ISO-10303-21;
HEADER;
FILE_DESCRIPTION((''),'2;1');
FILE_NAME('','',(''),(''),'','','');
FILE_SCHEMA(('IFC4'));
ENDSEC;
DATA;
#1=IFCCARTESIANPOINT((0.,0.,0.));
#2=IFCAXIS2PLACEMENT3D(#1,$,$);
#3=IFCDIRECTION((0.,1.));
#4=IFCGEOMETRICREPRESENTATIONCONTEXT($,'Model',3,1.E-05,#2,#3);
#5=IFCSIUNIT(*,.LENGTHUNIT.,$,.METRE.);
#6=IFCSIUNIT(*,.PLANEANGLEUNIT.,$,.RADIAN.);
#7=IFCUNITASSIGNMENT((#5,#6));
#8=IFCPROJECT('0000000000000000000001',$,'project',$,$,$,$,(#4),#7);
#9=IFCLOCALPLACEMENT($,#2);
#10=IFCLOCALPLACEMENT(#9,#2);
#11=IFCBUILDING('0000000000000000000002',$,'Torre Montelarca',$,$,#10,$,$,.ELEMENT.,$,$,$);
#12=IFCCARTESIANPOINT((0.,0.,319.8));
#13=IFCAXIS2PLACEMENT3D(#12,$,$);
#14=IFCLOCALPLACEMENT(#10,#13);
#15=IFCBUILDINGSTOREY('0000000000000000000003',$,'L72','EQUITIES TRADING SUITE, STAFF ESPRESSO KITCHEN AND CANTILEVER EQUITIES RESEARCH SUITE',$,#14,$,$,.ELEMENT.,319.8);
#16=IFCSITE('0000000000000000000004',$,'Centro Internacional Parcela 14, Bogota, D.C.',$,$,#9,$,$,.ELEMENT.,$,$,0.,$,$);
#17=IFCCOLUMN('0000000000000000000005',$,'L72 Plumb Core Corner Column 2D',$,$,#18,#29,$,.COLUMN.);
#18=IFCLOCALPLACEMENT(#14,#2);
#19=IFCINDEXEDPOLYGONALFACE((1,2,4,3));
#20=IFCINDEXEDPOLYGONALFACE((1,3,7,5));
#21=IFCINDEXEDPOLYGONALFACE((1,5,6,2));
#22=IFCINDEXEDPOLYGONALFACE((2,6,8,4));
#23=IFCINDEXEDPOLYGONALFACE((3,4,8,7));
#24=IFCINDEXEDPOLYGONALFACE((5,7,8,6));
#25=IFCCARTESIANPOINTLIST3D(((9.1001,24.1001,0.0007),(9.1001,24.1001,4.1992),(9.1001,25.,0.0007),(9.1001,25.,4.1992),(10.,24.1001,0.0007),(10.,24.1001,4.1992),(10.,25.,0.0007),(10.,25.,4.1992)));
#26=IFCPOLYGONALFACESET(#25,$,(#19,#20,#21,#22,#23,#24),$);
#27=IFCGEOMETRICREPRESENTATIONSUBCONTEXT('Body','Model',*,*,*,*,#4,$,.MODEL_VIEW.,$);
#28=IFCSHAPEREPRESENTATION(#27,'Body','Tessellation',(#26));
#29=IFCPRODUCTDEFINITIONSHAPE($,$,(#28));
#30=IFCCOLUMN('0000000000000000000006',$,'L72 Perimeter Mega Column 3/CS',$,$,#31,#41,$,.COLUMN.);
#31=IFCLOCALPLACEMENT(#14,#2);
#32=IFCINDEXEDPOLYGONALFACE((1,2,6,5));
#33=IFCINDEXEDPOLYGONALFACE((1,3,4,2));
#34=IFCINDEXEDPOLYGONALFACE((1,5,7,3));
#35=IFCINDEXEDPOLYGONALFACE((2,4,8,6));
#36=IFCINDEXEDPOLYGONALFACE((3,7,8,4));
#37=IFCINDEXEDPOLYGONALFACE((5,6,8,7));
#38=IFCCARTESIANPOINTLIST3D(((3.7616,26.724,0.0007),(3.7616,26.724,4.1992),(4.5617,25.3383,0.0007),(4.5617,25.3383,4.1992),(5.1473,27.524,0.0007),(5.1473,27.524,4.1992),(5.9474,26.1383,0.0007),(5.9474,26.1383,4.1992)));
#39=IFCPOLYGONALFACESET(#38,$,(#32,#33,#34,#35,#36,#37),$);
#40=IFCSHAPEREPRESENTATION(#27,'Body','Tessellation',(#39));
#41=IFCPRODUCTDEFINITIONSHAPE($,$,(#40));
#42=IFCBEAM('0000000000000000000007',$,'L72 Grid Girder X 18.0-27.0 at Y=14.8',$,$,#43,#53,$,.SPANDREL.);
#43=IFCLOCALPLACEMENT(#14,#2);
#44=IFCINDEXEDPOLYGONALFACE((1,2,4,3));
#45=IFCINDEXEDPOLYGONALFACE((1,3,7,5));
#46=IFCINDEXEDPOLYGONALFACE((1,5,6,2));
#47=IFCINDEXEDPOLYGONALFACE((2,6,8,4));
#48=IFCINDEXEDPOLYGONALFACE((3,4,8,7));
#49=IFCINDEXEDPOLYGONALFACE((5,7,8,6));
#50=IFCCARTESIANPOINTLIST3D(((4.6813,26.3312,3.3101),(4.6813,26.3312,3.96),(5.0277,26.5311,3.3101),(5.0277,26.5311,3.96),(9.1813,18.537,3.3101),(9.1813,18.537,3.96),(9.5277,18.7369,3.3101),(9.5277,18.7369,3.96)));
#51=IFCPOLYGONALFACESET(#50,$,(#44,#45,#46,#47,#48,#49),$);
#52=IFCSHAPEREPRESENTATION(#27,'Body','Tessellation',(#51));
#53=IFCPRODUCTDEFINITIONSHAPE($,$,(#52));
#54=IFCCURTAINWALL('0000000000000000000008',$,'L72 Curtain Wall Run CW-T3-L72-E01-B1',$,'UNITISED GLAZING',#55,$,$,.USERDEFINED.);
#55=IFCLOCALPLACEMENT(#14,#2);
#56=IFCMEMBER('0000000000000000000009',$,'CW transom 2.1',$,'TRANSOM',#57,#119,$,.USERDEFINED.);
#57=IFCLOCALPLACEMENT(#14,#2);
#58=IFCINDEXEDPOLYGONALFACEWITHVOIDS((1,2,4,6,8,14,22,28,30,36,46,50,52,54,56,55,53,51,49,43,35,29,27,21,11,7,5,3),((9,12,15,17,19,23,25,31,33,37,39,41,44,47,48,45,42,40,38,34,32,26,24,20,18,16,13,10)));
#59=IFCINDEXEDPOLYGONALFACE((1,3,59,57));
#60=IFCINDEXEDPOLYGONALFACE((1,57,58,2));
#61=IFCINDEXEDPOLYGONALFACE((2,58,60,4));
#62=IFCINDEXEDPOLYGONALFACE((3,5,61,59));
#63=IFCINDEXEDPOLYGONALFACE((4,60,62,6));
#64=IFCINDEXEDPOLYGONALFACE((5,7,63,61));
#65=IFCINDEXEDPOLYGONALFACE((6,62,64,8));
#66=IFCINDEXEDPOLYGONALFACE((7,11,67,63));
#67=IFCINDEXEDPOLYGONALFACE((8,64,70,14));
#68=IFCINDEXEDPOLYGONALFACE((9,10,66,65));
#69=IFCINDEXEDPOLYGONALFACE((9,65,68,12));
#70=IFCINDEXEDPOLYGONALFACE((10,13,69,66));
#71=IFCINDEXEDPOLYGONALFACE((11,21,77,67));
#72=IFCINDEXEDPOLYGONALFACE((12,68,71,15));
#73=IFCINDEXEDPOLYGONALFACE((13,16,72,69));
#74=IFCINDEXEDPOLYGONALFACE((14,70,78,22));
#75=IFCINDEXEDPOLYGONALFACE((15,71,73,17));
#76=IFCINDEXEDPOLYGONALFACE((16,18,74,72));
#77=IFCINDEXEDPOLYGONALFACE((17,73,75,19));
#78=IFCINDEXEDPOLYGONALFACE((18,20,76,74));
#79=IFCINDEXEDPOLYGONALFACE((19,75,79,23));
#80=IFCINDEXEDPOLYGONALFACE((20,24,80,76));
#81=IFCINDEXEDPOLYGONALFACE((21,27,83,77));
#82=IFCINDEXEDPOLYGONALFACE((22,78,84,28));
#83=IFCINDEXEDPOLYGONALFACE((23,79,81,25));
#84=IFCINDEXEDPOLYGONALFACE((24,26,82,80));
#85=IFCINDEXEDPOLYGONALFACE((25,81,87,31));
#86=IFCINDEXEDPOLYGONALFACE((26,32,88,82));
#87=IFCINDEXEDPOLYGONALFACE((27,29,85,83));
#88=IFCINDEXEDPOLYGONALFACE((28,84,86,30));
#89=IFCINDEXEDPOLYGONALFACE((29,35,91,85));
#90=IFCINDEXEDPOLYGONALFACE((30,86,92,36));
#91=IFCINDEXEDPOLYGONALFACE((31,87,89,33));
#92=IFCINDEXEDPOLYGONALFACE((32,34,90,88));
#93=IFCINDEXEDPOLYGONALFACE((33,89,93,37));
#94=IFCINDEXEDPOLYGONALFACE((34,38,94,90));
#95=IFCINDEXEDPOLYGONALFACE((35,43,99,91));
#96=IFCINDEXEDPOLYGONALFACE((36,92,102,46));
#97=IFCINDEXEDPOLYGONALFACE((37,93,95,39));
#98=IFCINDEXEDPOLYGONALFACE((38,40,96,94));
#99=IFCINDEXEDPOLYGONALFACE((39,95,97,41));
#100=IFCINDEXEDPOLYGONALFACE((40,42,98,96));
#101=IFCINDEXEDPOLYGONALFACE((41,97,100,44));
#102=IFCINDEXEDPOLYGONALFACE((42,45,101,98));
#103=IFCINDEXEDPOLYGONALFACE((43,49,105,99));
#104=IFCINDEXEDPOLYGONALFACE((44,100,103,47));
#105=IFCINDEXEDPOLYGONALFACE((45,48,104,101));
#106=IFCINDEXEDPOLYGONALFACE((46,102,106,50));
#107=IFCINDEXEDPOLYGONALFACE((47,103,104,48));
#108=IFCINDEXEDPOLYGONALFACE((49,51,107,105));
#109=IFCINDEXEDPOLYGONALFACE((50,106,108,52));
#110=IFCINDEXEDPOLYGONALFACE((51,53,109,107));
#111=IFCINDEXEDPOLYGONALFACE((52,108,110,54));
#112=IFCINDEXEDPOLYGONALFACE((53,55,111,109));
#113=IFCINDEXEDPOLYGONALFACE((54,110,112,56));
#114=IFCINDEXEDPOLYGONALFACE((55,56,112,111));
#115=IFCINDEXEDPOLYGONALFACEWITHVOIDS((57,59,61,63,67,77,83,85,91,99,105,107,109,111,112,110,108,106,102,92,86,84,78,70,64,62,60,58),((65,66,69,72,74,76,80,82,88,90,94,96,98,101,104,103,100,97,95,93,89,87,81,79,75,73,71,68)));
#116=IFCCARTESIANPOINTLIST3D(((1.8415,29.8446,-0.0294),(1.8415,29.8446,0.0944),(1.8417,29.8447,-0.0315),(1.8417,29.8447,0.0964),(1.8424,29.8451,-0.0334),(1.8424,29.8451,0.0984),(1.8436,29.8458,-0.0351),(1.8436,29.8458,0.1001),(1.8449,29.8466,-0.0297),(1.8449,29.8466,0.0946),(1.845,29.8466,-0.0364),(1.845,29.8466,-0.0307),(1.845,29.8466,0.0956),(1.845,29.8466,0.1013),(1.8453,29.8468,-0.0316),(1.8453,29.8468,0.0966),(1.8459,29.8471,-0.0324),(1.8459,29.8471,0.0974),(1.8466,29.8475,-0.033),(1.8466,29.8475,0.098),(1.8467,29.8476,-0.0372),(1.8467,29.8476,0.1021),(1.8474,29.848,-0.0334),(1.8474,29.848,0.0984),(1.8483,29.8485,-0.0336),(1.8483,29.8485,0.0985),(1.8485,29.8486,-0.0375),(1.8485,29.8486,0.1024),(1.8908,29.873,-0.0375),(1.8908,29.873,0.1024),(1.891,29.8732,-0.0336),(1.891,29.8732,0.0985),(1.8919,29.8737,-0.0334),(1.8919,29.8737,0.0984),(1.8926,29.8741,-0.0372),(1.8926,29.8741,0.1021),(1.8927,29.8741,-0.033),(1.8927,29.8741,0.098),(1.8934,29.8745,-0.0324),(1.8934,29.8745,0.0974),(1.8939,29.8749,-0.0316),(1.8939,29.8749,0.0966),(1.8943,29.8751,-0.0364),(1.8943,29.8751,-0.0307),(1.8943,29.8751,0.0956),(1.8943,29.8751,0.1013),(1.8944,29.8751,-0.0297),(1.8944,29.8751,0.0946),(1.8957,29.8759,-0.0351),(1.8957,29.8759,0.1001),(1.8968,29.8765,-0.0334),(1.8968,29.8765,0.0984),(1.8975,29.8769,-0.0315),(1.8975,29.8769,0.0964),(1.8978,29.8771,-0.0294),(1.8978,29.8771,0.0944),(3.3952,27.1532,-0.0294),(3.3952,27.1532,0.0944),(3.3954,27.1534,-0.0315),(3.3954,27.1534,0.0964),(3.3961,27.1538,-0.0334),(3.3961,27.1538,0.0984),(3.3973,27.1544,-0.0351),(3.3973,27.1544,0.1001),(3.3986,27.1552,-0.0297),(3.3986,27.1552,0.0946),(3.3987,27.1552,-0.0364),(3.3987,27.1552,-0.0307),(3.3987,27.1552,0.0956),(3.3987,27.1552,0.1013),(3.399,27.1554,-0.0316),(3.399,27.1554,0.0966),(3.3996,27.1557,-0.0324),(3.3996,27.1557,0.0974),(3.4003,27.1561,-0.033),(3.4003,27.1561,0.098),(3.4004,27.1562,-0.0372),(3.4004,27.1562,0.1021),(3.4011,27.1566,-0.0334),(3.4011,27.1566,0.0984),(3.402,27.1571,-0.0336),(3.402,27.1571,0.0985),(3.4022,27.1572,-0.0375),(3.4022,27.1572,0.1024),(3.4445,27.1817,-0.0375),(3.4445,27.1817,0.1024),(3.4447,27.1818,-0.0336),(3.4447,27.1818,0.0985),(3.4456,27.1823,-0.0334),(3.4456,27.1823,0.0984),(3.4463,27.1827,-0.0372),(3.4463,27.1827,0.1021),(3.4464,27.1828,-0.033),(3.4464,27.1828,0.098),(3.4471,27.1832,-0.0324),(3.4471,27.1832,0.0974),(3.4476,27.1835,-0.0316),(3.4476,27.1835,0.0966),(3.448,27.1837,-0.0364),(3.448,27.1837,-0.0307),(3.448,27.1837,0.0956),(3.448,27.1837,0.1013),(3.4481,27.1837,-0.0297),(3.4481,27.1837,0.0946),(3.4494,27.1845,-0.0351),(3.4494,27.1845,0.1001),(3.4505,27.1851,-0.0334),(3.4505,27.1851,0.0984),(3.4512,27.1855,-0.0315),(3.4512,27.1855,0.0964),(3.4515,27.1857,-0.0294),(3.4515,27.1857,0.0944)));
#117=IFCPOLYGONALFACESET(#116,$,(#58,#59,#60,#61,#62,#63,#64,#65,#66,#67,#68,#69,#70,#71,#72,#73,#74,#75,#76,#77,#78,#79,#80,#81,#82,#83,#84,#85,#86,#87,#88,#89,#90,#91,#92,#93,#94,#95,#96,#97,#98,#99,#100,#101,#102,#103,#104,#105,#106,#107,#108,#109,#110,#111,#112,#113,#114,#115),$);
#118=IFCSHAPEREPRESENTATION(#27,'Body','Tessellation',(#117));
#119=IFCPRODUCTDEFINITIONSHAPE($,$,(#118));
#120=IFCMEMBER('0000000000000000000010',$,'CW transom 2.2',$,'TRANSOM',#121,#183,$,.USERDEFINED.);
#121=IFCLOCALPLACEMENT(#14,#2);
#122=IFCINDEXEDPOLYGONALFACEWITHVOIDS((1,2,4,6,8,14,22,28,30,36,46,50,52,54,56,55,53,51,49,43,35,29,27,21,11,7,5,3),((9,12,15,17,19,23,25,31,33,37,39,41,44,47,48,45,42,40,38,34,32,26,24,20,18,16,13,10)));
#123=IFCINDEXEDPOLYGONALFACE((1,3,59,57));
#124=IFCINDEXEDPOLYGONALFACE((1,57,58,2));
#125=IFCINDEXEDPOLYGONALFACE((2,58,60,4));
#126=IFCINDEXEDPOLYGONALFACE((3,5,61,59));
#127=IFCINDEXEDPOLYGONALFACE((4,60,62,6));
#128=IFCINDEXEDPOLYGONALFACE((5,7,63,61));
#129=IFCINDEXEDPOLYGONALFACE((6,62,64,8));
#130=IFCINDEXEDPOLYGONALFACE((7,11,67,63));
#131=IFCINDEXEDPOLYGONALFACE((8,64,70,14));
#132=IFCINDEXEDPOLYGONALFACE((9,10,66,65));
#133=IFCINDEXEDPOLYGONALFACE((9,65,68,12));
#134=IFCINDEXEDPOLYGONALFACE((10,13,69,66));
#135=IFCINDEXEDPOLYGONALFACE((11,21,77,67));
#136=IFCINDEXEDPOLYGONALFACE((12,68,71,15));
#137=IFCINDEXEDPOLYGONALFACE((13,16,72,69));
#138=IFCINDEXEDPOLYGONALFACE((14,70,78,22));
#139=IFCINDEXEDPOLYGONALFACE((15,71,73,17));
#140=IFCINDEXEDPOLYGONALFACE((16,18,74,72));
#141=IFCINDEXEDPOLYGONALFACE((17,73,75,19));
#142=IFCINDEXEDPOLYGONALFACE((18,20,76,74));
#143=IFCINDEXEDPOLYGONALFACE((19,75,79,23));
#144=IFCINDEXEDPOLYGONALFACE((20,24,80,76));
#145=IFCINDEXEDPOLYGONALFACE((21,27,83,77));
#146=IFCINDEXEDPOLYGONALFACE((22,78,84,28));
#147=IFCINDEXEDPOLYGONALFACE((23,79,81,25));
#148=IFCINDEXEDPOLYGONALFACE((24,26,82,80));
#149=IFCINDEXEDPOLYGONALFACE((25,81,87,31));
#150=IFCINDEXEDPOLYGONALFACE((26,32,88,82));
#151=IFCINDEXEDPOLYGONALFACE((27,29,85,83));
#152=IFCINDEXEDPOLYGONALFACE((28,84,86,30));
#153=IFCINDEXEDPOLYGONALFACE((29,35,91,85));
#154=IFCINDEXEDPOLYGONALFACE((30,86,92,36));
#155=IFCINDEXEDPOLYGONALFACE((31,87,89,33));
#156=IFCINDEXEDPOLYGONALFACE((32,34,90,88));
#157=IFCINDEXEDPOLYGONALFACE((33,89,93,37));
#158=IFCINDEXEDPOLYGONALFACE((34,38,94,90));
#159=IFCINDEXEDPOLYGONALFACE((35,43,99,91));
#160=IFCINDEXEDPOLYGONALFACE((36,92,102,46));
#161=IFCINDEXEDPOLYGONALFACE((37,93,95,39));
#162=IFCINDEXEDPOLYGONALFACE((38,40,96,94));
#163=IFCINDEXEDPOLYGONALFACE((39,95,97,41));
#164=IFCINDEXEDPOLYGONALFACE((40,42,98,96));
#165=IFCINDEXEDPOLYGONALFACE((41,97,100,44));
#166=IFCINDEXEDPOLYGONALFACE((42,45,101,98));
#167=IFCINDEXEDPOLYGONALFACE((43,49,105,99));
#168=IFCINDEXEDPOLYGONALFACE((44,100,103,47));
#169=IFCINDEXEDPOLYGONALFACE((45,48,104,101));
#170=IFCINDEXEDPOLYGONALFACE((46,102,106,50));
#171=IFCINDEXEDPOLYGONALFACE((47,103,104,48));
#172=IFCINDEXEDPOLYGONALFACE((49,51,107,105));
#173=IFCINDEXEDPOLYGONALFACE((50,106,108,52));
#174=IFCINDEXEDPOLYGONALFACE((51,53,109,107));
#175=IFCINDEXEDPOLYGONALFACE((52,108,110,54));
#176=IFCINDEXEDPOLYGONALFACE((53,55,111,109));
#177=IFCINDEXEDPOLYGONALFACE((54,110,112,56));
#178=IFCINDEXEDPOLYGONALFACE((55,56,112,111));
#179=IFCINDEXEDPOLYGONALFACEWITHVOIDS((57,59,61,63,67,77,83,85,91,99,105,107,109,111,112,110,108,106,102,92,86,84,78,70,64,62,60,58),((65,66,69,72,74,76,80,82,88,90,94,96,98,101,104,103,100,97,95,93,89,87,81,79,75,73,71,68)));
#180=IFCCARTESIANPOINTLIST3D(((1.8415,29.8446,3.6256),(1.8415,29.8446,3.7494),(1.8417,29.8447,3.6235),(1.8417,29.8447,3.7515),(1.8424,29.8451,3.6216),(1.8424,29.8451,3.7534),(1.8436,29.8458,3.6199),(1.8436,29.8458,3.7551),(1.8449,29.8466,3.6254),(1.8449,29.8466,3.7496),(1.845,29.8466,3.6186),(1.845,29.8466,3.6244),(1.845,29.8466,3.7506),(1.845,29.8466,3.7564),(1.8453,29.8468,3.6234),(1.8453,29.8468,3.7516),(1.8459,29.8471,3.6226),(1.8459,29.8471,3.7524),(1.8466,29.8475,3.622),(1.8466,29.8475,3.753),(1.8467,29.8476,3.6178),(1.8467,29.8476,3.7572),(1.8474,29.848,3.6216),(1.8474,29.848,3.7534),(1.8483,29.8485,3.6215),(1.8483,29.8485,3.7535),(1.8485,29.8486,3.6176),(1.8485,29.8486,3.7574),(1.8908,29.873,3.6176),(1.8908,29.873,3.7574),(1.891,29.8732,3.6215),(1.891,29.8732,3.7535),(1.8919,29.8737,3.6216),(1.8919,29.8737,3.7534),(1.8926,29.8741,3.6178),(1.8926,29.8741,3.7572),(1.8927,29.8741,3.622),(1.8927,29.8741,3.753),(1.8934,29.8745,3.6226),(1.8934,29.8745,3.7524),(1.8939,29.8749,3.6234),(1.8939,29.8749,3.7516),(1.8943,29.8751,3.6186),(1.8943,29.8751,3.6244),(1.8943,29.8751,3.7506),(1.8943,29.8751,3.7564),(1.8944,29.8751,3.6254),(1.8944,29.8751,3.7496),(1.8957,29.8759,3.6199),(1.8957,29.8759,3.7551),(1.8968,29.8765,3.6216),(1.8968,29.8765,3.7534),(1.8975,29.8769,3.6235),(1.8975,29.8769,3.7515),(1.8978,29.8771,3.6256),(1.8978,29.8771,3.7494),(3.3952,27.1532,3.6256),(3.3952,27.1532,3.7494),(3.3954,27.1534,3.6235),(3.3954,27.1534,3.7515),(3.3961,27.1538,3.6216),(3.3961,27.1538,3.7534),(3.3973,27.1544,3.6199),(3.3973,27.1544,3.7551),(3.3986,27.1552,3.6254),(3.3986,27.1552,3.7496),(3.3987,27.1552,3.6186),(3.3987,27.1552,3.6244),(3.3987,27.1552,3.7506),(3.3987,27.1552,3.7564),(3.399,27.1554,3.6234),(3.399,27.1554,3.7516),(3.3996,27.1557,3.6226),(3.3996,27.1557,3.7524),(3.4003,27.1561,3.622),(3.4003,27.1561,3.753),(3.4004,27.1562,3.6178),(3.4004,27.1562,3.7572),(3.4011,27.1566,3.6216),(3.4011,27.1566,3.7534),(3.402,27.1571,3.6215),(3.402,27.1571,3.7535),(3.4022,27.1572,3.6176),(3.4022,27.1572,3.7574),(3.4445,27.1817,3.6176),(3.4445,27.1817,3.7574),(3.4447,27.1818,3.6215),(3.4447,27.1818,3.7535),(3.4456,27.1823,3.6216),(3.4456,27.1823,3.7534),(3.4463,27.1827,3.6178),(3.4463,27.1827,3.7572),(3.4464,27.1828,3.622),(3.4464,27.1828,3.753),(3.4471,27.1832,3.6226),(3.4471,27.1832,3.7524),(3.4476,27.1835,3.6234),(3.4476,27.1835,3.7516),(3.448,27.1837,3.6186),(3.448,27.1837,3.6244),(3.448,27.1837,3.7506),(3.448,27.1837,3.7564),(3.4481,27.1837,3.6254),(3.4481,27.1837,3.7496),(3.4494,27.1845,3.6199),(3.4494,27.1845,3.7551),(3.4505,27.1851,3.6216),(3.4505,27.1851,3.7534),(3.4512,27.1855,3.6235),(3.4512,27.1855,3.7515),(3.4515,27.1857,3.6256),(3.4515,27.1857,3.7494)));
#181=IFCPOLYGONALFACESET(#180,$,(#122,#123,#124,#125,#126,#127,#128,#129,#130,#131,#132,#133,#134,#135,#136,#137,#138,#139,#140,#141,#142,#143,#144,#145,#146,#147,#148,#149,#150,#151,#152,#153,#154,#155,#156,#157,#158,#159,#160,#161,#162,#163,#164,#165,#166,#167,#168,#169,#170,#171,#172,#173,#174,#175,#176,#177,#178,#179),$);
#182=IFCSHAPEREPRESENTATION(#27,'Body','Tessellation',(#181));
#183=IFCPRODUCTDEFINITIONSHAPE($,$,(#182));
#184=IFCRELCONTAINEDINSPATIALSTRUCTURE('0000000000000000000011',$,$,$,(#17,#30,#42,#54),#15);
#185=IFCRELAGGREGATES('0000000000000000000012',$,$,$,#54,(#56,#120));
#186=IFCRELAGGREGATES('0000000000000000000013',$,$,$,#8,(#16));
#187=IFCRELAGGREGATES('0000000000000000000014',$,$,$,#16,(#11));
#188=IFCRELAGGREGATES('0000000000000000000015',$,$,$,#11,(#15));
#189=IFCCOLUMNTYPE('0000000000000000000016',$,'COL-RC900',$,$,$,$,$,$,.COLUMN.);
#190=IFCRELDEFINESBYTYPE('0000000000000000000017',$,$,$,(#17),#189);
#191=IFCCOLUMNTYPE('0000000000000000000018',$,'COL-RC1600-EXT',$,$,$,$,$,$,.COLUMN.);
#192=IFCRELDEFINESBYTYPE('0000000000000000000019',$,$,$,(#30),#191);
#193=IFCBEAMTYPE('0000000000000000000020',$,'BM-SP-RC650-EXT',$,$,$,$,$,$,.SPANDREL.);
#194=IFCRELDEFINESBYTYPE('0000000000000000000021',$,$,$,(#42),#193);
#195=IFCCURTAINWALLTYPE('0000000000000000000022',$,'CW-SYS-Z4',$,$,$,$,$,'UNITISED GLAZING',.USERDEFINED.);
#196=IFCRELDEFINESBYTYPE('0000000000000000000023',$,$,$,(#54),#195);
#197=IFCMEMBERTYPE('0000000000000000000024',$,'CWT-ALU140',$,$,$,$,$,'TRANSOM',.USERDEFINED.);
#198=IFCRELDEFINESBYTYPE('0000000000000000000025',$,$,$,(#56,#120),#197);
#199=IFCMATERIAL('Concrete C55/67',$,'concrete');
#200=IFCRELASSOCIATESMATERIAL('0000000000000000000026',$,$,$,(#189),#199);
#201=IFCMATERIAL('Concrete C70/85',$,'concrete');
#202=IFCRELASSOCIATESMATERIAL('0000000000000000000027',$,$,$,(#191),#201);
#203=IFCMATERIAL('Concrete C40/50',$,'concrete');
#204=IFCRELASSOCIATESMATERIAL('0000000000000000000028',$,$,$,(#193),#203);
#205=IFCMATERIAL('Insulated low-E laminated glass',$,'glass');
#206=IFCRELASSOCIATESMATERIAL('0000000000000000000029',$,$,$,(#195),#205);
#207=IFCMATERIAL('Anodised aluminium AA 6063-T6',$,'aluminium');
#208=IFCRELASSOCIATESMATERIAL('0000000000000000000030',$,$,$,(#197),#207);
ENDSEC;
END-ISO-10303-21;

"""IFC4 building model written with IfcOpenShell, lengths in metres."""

from ifc_helpers import new_model, si_unit, direction, frame, origin, origin_2d, place, context, subcontext, project, spatial, rectangle, hollow_rectangle, extrude, source, transform, mapped, material, material_profile, profile_set, type_object, element, aggregate, save


model = new_model("IFC4")

# Units and contexts
model_context = context("Model", 3, precision=1e-05, world=origin(), true_north=direction((0.0, 1.0)))
body_context = subcontext(model_context, "Body", "Model", "MODEL_VIEW")
ifc_project = project(units=[si_unit("LENGTHUNIT", "METRE"), si_unit("PLANEANGLEUNIT", "RADIAN")], contexts=[model_context])

# Site, building, storey
site_placement = place(None, origin())
site = spatial("IfcSite", under=ifc_project, at=site_placement, Name="Centro Internacional Parcela 14, Bogota, D.C.", CompositionType="ELEMENT", RefElevation=0.0)
building_placement = place(site_placement, origin())
building = spatial("IfcBuilding", under=site, at=building_placement, Name="Torre Montelarca", CompositionType="ELEMENT")
storey_placement = place(building_placement, frame((0.0, 0.0, 319.8)))
storey = spatial("IfcBuildingStorey", under=building, at=storey_placement, Name="L72", Description="EQUITIES TRADING SUITE, STAFF ESPRESSO KITCHEN AND CANTILEVER EQUITIES RESEARCH SUITE", CompositionType="ELEMENT", Elevation=319.8)

# Columns
ifc_material_1 = material(Name="Concrete C55/67", Category="concrete")
ifc_material_profile_1 = material_profile(ifc_material_1, rectangle(XDim=0.8999, YDim=0.8999, at=origin_2d()), Name="RC900X900", Category="concrete")
ifc_profile_set_1 = profile_set([ifc_material_profile_1], Name="Concrete C55/67")
column_type_1 = type_object("IfcColumnType", Name="COL-RC900", PredefinedType="COLUMN", material=ifc_profile_set_1)
shared_shape_1 = source(origin(), body_context, "Body", "SweptSolid", [
    extrude(rectangle(XDim=0.8999, YDim=0.8999, at=origin_2d()), origin(), (0.0, 0.0, 1.0), 4.1985),
])
column_1_placement = place(storey_placement, frame((9.55, 24.55, 0.0007), z_axis=(0.0, 0.0, 1.0), x_axis=(1.0, 0.0, 0.0)))
element("IfcColumn", 1, at=column_1_placement, inside=storey, type_object=column_type_1, Name="L72 Plumb Core Corner Column 2D", PredefinedType="COLUMN", context=body_context, shape_type="MappedRepresentation", body=[
    mapped(shared_shape_1, transform((0.0, 0.0, 0.0), scale=1.0)),
])
ifc_material_2 = material(Name="Concrete C70/85", Category="concrete")
ifc_material_profile_2 = material_profile(ifc_material_2, rectangle(XDim=1.6001, YDim=1.6001, at=origin_2d()), Name="RC1600X1600", Category="concrete")
ifc_profile_set_2 = profile_set([ifc_material_profile_2], Name="Concrete C70/85")
column_type_2 = type_object("IfcColumnType", Name="COL-RC1600-EXT", PredefinedType="COLUMN", material=ifc_profile_set_2)
shared_shape_2 = source(origin(), body_context, "Body", "SweptSolid", [
    extrude(rectangle(XDim=1.6001, YDim=1.6001, at=origin_2d()), origin(), (0.0, 0.0, 1.0), 4.1985),
])
column_2_placement = place(storey_placement, frame((4.8545, 26.4312, 0.0007), z_axis=(0.0, 0.0, 1.0), x_axis=(-0.5, 0.866025, 0.0)))
element("IfcColumn", 2, at=column_2_placement, inside=storey, type_object=column_type_2, Name="L72 Perimeter Mega Column 3/CS", PredefinedType="COLUMN", context=body_context, shape_type="MappedRepresentation", body=[
    mapped(shared_shape_2, transform((0.0, 0.0, 0.0), scale=1.0)),
])

# Beam
ifc_material_3 = material(Name="Concrete C40/50", Category="concrete")
ifc_material_profile_3 = material_profile(ifc_material_3, rectangle(XDim=0.3999, YDim=0.6499, at=origin_2d()), Name="RCB400X650", Category="concrete")
ifc_profile_set_3 = profile_set([ifc_material_profile_3], Name="Concrete C40/50")
beam_type = type_object("IfcBeamType", Name="BM-SP-RC650-EXT", PredefinedType="SPANDREL", material=ifc_profile_set_3)
shared_shape_3 = source(origin(), body_context, "Body", "SweptSolid", [
    extrude(rectangle(XDim=0.3999, YDim=0.6499, at=origin_2d()), origin(), (0.0, 0.0, 1.0), 9.0),
])
beam_placement = place(storey_placement, frame((4.8545, 26.4312, 3.635), z_axis=(0.500002, -0.866024, 0.0), x_axis=(0.866024, 0.500002, 0.0)))
element("IfcBeam", 3, at=beam_placement, inside=storey, type_object=beam_type, Name="L72 Grid Girder X 18.0-27.0 at Y=14.8", PredefinedType="SPANDREL", context=body_context, shape_type="MappedRepresentation", body=[
    mapped(shared_shape_3, transform((0.0, 0.0, 0.0), scale=1.0)),
])

# Curtain wall, members
ifc_material_4 = material(Name="Insulated low-E laminated glass", Category="glass")
curtain_wall_type = type_object("IfcCurtainWallType", Name="CW-SYS-Z4", ElementType="UNITISED GLAZING", PredefinedType="USERDEFINED", material=ifc_material_4)
curtain_wall_1_placement = place(storey_placement, origin())
curtain_wall_1 = element("IfcCurtainWall", 4, at=curtain_wall_1_placement, inside=storey, type_object=curtain_wall_type, Name="L72 Curtain Wall Run CW-T3-L72-E01-B1", ObjectType="UNITISED GLAZING", PredefinedType="USERDEFINED")
ifc_material_5 = material(Name="Anodised aluminium AA 6063-T6", Category="aluminium")
ifc_material_profile_4 = material_profile(ifc_material_5, hollow_rectangle(XDim=0.0649, YDim=0.1399, WallThickness=0.0039, InnerFilletRadius=0.0039, OuterFilletRadius=0.0081, at=origin_2d()), Name="ALU65X140X4", Category="aluminium")
ifc_profile_set_4 = profile_set([ifc_material_profile_4], Name="Anodised aluminium AA 6063-T6")
member_type_1 = type_object("IfcMemberType", Name="CWT-ALU140", ElementType="TRANSOM", PredefinedType="USERDEFINED", material=ifc_profile_set_4)
shared_shape_4 = source(origin(), body_context, "Body", "SweptSolid", [
    extrude(hollow_rectangle(XDim=0.0649, YDim=0.1399, WallThickness=0.0039, InnerFilletRadius=0.0039, OuterFilletRadius=0.0081, at=origin_2d()), origin(), (0.0, 0.0, 1.0), 3.1077),
])
member_1_placement = place(storey_placement, frame((1.8696, 29.8608, 0.0325), z_axis=(0.499958, -0.86605, 0.0), x_axis=(0.86605, 0.499958, 0.0)))
member_1 = element("IfcMember", 5, at=member_1_placement, type_object=member_type_1, Name="CW transom 2.1", ObjectType="TRANSOM", PredefinedType="USERDEFINED", context=body_context, shape_type="MappedRepresentation", body=[
    mapped(shared_shape_4, transform((0.0, 0.0, 0.0), scale=1.0)),
])
member_2_placement = place(storey_placement, frame((1.8696, 29.8608, 3.6875), z_axis=(0.499958, -0.86605, 0.0), x_axis=(0.86605, 0.499958, 0.0)))
member_2 = element("IfcMember", 6, at=member_2_placement, type_object=member_type_1, Name="CW transom 2.2", ObjectType="TRANSOM", PredefinedType="USERDEFINED", context=body_context, shape_type="MappedRepresentation", body=[
    mapped(shared_shape_4, transform((0.0, 0.0, 0.0), scale=1.0)),
])

aggregate(curtain_wall_1, [member_1, member_2])

save(model, "model.ifc")
